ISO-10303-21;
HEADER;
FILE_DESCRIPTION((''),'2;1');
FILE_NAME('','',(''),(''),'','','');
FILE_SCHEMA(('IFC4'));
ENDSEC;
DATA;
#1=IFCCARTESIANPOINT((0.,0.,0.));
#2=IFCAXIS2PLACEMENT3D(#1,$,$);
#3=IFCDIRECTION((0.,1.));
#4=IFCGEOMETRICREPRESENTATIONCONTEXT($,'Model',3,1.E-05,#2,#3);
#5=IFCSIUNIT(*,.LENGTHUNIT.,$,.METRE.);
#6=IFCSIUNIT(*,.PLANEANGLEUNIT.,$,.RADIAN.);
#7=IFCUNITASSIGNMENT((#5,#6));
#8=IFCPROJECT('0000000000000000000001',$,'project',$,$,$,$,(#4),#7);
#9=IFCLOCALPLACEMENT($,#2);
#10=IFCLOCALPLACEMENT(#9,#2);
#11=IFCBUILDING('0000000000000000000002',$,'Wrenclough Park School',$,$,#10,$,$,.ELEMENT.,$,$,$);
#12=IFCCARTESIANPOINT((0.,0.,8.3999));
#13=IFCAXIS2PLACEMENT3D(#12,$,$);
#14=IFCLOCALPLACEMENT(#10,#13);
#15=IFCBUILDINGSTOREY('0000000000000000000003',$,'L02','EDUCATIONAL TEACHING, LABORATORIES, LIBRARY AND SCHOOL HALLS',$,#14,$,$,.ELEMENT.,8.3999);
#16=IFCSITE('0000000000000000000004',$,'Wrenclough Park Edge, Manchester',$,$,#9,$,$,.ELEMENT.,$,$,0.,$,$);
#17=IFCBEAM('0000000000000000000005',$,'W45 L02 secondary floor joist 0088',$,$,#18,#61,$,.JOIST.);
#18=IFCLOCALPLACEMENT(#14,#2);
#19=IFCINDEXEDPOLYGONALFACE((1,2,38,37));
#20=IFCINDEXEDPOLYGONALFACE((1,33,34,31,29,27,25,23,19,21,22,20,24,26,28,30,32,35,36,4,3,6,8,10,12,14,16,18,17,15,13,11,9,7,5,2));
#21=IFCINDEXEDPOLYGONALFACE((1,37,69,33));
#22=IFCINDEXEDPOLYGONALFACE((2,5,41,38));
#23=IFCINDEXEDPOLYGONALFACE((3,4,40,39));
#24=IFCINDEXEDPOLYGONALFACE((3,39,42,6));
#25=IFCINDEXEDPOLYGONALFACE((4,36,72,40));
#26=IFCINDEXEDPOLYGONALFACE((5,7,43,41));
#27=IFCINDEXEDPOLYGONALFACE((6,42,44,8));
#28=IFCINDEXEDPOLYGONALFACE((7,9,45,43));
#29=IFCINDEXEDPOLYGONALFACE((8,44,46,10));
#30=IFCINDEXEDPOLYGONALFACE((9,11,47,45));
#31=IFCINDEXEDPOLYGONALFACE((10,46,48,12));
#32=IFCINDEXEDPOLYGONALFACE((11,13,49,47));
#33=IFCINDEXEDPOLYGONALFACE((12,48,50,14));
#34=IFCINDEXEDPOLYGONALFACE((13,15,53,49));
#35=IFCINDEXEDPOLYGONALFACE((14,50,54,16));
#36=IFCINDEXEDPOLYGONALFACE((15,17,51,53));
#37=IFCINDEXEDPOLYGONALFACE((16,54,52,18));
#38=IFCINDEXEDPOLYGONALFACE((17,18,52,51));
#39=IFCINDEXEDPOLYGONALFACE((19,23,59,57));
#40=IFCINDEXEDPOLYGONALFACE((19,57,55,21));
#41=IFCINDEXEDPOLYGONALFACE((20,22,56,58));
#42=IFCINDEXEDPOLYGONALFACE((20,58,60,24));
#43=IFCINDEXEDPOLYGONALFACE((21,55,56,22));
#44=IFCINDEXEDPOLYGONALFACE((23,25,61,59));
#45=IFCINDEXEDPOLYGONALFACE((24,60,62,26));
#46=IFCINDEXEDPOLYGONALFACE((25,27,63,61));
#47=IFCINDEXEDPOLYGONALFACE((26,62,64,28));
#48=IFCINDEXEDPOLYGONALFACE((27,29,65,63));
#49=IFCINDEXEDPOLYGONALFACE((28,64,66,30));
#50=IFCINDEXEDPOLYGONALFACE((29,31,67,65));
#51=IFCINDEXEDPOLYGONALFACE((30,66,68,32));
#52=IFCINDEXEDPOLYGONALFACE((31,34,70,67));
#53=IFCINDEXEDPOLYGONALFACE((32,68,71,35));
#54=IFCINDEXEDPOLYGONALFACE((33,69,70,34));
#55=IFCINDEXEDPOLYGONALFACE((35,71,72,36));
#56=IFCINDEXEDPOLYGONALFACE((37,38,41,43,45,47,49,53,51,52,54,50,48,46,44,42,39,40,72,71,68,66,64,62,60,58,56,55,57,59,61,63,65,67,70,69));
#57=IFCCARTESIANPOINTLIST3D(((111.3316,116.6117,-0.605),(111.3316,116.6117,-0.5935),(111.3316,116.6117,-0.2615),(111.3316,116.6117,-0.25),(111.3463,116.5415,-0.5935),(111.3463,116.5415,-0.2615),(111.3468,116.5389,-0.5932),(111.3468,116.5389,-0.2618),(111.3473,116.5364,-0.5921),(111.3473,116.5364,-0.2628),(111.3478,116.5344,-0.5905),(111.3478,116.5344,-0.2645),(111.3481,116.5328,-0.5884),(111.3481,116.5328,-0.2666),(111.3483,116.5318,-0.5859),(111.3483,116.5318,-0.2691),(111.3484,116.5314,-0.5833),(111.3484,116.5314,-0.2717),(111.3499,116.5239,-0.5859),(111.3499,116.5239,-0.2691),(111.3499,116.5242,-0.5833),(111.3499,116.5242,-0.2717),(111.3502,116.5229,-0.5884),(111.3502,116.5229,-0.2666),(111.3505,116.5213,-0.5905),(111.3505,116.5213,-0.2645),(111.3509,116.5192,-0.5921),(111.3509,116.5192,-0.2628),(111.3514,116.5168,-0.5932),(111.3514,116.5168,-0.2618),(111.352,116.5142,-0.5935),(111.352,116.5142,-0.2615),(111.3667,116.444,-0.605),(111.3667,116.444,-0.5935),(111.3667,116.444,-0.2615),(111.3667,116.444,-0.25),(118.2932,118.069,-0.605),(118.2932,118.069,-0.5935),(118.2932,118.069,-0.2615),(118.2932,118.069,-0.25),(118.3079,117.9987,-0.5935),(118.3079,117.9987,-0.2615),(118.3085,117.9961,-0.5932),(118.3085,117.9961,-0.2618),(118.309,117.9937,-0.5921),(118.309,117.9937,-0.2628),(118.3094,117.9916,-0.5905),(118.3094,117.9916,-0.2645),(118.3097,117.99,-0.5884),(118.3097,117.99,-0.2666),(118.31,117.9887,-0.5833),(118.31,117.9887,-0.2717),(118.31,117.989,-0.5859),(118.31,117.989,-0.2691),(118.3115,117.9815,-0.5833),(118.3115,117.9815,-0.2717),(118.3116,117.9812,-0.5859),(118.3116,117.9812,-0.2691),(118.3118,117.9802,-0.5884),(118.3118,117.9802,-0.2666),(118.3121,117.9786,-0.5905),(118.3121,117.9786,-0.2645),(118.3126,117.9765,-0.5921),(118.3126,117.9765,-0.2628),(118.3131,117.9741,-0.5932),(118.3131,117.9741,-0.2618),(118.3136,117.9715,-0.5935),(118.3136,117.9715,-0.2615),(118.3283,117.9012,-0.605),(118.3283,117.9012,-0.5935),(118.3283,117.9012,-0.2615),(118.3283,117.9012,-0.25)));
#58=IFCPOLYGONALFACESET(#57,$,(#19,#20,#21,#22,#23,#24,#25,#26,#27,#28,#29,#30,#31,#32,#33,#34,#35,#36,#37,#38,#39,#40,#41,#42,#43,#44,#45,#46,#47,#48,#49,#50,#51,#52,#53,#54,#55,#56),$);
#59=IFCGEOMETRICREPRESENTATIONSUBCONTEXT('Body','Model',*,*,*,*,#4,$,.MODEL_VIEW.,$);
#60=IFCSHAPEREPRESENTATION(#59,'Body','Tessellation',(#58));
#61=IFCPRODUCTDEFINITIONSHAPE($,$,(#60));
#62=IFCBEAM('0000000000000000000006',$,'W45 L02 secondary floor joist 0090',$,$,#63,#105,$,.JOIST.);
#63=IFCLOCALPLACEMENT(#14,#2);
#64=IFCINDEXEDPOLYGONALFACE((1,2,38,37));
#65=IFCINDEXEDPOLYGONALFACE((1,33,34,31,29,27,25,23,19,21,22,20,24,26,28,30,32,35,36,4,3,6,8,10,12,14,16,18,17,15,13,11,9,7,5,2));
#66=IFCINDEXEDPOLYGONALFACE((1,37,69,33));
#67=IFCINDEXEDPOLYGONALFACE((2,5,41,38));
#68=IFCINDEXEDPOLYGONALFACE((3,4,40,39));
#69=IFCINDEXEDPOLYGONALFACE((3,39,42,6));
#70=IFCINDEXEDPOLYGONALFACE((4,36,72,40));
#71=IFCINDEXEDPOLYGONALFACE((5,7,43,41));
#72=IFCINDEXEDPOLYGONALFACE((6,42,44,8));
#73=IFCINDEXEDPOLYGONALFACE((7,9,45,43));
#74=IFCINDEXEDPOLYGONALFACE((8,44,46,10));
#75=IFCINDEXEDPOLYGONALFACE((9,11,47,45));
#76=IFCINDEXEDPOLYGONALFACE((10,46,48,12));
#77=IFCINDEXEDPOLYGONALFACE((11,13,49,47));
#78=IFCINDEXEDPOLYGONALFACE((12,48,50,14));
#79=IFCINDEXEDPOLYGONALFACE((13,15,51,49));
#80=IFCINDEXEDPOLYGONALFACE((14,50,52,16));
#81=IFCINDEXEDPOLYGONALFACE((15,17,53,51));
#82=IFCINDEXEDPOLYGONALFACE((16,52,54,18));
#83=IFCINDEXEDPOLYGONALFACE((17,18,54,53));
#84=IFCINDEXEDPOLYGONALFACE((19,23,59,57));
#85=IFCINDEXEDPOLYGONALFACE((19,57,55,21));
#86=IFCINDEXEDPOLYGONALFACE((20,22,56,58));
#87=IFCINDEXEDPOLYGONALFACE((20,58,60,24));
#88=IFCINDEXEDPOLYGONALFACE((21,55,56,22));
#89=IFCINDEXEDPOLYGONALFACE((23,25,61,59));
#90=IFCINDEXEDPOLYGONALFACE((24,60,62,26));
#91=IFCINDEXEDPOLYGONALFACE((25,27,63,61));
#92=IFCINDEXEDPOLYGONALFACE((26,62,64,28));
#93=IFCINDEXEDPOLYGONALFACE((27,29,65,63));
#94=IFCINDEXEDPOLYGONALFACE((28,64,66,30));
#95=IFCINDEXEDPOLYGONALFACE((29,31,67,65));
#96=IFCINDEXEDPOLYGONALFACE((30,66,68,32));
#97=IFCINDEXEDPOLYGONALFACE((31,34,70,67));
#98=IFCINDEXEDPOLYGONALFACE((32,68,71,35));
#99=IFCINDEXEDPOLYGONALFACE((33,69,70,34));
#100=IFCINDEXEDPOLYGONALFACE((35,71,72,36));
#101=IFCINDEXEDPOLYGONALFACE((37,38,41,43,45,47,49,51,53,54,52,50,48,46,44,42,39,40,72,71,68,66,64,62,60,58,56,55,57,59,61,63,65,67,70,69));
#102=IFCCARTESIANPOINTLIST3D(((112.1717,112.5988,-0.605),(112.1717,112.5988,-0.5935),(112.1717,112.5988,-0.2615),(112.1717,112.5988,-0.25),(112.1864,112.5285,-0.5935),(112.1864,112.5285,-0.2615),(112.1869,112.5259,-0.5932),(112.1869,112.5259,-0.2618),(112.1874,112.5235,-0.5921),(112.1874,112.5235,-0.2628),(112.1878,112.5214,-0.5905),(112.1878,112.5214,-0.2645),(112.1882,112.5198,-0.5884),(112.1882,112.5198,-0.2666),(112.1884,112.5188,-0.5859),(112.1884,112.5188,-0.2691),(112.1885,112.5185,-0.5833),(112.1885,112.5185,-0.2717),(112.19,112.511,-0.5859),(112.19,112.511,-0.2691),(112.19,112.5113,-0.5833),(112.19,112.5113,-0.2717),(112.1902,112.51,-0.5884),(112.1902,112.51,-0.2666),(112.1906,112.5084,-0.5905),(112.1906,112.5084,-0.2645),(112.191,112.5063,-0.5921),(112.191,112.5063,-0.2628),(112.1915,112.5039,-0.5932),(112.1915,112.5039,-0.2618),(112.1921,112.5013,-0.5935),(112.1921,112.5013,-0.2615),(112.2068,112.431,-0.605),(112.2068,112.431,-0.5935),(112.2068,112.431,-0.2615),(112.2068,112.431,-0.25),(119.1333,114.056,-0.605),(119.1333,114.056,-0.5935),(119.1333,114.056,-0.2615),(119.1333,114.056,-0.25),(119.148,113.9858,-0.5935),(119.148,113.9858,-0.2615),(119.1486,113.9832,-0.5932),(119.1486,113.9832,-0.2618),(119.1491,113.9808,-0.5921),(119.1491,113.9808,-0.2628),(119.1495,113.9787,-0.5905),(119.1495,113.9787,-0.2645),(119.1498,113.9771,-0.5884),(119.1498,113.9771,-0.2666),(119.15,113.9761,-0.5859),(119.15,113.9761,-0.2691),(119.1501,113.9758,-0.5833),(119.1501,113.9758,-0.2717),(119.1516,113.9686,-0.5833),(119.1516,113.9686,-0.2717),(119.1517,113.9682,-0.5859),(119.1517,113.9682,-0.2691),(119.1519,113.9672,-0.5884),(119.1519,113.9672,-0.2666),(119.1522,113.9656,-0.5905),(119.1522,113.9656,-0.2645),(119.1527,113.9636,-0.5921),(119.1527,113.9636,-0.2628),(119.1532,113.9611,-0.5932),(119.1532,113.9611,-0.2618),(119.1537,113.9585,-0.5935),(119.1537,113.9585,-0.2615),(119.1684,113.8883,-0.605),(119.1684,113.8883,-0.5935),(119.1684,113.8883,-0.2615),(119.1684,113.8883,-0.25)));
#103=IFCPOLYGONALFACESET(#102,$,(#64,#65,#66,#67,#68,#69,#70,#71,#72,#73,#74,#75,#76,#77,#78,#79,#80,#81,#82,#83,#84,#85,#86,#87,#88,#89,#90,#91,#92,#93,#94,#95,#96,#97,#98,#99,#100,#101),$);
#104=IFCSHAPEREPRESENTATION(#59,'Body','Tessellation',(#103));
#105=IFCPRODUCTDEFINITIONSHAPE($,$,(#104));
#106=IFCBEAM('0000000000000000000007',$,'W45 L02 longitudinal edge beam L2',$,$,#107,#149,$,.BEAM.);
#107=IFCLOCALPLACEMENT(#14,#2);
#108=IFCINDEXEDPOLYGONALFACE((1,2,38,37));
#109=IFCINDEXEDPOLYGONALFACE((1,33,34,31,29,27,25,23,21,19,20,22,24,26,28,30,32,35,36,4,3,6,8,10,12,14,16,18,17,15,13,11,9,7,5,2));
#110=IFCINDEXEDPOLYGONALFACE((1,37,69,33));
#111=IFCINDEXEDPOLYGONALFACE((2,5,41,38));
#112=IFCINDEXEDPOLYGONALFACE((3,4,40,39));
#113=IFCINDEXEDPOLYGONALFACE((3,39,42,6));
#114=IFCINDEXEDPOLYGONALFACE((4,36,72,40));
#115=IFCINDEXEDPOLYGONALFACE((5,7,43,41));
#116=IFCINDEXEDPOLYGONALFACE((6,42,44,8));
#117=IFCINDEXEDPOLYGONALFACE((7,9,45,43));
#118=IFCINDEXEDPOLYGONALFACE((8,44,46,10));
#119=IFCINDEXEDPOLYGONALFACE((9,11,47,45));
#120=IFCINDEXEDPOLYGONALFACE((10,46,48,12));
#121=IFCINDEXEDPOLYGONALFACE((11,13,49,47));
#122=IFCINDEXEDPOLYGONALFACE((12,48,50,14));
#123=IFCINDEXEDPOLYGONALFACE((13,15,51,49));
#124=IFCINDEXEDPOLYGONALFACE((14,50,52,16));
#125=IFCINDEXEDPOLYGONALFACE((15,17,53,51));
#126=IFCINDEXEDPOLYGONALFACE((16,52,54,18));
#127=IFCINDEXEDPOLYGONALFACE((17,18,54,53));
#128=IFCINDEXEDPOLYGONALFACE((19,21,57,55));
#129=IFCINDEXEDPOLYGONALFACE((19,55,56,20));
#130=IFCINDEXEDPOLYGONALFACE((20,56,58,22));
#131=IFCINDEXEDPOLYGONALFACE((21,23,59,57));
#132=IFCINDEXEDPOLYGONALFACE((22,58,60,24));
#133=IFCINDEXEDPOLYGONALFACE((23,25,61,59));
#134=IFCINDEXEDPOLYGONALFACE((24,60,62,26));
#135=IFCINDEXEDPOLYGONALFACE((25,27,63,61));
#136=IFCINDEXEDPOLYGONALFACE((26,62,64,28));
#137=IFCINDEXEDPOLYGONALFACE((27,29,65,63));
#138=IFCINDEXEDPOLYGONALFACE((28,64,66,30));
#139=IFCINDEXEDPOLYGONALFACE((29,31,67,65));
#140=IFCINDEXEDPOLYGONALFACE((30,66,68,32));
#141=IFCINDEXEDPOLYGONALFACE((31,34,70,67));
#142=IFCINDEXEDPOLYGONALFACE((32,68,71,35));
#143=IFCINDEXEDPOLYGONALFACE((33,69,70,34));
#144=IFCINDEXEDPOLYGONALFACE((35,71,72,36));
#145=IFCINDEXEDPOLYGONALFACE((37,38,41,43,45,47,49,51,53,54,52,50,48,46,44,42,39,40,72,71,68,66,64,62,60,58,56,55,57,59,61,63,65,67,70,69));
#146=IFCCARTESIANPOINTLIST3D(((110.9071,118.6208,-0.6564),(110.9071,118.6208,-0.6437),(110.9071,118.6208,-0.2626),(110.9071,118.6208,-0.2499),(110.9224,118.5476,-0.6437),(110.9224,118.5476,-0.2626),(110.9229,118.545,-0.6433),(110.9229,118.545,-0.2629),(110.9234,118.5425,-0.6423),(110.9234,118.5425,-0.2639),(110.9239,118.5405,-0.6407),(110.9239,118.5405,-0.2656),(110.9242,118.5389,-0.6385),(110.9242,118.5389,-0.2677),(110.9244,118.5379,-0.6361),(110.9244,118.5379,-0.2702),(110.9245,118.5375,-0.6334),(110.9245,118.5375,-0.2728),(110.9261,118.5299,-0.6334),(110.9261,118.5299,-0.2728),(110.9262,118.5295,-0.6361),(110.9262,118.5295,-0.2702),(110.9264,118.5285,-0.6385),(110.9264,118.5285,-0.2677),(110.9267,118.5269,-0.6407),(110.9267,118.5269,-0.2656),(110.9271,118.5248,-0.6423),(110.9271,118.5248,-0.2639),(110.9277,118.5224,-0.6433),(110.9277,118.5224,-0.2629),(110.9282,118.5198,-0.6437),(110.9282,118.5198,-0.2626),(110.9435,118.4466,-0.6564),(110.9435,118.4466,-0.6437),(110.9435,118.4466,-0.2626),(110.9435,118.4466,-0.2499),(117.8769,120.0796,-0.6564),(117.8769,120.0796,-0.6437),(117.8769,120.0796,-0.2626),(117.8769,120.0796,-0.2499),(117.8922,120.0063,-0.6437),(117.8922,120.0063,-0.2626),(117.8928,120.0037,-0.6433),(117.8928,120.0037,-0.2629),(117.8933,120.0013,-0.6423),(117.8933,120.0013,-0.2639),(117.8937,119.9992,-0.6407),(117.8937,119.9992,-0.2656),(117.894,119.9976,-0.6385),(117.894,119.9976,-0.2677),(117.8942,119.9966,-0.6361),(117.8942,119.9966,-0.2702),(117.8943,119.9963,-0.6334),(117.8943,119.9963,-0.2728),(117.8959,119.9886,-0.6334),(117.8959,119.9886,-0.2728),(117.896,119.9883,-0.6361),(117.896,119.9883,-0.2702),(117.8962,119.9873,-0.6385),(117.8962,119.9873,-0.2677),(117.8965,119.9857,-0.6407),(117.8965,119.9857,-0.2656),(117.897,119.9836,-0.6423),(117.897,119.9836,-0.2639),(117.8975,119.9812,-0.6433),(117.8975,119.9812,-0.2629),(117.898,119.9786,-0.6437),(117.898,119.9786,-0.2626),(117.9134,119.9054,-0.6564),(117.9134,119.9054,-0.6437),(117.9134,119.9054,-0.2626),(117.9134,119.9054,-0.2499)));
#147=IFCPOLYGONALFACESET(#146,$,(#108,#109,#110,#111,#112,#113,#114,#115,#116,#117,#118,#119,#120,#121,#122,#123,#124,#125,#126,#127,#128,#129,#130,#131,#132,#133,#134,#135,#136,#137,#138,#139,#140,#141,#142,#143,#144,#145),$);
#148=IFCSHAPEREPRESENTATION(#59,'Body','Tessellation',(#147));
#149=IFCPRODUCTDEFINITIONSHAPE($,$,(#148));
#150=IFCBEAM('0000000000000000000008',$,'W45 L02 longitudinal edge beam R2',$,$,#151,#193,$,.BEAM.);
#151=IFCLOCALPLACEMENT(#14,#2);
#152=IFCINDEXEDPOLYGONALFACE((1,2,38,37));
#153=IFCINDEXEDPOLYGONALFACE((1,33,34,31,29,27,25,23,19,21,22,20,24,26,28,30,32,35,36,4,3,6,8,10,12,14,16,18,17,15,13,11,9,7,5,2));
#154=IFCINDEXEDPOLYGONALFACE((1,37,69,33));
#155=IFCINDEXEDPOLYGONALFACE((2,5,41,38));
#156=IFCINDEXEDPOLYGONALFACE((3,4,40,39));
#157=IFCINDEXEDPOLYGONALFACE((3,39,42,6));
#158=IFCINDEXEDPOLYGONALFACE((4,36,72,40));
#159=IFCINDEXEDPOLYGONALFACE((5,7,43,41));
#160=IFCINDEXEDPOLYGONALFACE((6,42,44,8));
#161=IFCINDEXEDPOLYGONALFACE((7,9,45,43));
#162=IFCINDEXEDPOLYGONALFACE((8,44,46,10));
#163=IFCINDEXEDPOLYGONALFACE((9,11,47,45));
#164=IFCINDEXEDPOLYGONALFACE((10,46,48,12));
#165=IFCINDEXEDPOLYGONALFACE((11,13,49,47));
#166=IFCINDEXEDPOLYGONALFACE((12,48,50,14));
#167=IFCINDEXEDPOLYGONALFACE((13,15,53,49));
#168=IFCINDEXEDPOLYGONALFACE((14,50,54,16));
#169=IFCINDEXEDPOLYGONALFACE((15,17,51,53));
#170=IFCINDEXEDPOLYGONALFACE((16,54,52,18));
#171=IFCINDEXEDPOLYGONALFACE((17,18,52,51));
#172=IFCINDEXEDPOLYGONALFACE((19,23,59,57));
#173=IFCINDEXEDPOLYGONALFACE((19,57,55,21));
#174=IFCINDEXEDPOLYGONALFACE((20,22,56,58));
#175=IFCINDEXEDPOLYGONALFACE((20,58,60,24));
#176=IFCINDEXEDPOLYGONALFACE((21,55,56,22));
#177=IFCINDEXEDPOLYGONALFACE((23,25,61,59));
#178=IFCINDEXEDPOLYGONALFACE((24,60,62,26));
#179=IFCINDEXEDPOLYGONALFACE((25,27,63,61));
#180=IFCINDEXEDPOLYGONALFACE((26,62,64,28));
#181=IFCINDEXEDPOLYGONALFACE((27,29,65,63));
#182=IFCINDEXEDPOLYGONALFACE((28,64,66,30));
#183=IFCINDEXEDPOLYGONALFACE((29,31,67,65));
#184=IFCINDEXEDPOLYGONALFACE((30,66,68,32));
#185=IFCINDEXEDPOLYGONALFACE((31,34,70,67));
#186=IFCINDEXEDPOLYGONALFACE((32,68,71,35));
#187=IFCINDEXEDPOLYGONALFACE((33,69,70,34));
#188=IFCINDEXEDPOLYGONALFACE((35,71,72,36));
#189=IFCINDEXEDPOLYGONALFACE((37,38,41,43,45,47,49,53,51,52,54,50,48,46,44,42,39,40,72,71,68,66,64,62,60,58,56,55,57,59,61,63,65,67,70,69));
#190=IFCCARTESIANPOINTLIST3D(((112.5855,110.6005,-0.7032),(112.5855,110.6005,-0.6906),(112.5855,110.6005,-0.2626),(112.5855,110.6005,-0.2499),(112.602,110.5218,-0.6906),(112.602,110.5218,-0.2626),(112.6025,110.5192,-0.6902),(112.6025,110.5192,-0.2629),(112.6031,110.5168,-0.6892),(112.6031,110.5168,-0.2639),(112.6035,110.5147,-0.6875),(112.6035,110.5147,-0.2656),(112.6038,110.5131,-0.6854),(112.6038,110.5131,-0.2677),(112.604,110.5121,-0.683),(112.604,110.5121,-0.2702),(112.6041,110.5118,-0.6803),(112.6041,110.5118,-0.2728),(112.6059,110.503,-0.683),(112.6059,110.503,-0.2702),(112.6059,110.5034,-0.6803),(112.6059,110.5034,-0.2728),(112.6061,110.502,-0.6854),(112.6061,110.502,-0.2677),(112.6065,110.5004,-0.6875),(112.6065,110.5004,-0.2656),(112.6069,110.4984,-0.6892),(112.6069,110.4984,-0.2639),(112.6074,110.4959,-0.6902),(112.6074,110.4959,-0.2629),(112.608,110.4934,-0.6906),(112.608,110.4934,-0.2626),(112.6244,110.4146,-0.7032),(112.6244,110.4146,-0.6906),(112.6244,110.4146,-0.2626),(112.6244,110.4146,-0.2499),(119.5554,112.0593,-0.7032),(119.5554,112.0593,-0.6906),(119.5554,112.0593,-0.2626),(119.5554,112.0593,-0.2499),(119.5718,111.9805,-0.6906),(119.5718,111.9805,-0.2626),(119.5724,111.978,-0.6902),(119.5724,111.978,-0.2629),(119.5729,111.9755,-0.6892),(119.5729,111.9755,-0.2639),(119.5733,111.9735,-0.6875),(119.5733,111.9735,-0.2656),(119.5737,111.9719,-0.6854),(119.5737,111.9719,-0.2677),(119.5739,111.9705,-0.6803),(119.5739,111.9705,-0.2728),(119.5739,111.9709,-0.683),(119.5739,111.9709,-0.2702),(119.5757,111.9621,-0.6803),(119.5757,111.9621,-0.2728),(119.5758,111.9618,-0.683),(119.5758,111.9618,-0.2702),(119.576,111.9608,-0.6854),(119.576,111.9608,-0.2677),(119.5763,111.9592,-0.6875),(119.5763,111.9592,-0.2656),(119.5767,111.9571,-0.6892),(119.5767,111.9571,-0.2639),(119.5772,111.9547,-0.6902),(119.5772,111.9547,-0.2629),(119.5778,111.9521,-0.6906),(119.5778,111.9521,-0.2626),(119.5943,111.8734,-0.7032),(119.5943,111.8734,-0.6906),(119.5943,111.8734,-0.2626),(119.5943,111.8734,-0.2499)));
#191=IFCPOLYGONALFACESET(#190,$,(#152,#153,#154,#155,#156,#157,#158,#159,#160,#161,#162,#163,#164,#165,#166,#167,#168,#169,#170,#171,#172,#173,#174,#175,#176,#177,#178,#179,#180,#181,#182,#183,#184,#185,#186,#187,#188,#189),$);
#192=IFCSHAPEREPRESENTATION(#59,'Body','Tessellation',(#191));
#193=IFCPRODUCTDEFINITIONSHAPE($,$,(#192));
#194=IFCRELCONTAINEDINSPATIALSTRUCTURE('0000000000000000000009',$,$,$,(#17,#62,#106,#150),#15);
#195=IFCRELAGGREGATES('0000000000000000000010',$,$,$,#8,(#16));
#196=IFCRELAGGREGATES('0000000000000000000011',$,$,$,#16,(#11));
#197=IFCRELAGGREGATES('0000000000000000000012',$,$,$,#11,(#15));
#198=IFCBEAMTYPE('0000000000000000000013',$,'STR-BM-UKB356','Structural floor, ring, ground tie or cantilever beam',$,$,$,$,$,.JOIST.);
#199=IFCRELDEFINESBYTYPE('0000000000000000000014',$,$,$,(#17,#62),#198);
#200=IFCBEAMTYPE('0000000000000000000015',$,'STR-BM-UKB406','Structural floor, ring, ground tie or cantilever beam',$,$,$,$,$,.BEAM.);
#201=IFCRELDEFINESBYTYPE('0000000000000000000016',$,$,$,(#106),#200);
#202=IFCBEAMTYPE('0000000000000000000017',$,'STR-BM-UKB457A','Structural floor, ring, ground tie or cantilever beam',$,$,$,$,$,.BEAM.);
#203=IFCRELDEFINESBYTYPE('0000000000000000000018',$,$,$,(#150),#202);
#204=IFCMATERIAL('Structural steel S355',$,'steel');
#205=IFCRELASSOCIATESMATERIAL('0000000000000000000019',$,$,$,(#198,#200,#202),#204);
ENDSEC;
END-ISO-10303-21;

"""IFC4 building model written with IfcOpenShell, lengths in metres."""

from ifc_helpers import new_model, si_unit, direction, frame, origin, origin_2d, place, context, subcontext, project, spatial, i_section, extrude, material, material_profile, profile_set, type_object, element, save


model = new_model("IFC4")

# Units and contexts
model_context = context("Model", 3, precision=1e-05, world=origin(), true_north=direction((0.0, 1.0)))
body_context = subcontext(model_context, "Body", "Model", "MODEL_VIEW")
ifc_project = project(units=[si_unit("LENGTHUNIT", "METRE"), si_unit("PLANEANGLEUNIT", "RADIAN")], contexts=[model_context])

# Site, building, storey
site_placement = place(None, origin())
site = spatial("IfcSite", under=ifc_project, at=site_placement, Name="Wrenclough Park Edge, Manchester", CompositionType="ELEMENT", RefElevation=0.0)
building_placement = place(site_placement, origin())
building = spatial("IfcBuilding", under=site, at=building_placement, Name="Wrenclough Park School", CompositionType="ELEMENT")
storey_placement = place(building_placement, frame((0.0, 0.0, 8.3999)))
storey = spatial("IfcBuildingStorey", under=building, at=storey_placement, Name="L02", Description="EDUCATIONAL TEACHING, LABORATORIES, LIBRARY AND SCHOOL HALLS", CompositionType="ELEMENT", Elevation=8.3999)

# Shared definitions
ifc_material_1 = material(Name="Structural steel S355", Category="steel")

# Beams
ifc_material_profile_1 = material_profile(ifc_material_1, i_section(OverallWidth=0.1714, OverallDepth=0.355, WebThickness=0.0073, FlangeThickness=0.0115, FilletRadius=0.0103, at=origin_2d()), Name="UKB 356x171x51")
ifc_profile_set_1 = profile_set([ifc_material_profile_1], Name="Structural steel S355")
beam_type_1 = type_object("IfcBeamType", Name="STR-BM-UKB356", Description="Structural floor, ring, ground tie or cantilever beam", PredefinedType="JOIST", material=ifc_profile_set_1)
for number, where, z_axis, x_axis, name in (
    (1, (111.3491, 116.5278, -0.4275), (0.978786, 0.204888, 0.0), (-0.204888, 0.978786, 0.0), "W45 L02 secondary floor joist 0088"),
    (2, (112.1892, 112.5149, -0.4275), (0.978786, 0.204888, 0.0), (-0.204888, 0.978786, 0.0), "W45 L02 secondary floor joist 0090"),
):
    element("IfcBeam", number, at=place(storey_placement, frame(where, z_axis=z_axis, x_axis=x_axis)), inside=storey, type_object=beam_type_1, Name=name, PredefinedType="JOIST", context=body_context, shape_type="SweptSolid", body=[
        extrude(i_section(OverallWidth=0.1714, OverallDepth=0.355, WebThickness=0.0073, FlangeThickness=0.0115, FilletRadius=0.0103, at=origin_2d()), origin(), (0.0, 0.0, 1.0), 7.1125),
    ])
ifc_material_profile_2 = material_profile(ifc_material_1, i_section(OverallWidth=0.178, OverallDepth=0.4065, WebThickness=0.0078, FlangeThickness=0.0127, FilletRadius=0.0103, at=origin_2d()), Name="UKB 406x178x60")
ifc_profile_set_2 = profile_set([ifc_material_profile_2], Name="Structural steel S355")
beam_type_2 = type_object("IfcBeamType", Name="STR-BM-UKB406", Description="Structural floor, ring, ground tie or cantilever beam", PredefinedType="BEAM", material=ifc_profile_set_2)
beam_1_placement = place(storey_placement, frame((110.9253, 118.5337, -0.4531), z_axis=(0.978792, 0.204858, 0.0), x_axis=(-0.204858, 0.978792, 0.0)))
element("IfcBeam", 3, at=beam_1_placement, inside=storey, type_object=beam_type_2, Name="W45 L02 longitudinal edge beam L2", PredefinedType="BEAM", context=body_context, shape_type="SweptSolid", body=[
    extrude(i_section(OverallWidth=0.178, OverallDepth=0.4065, WebThickness=0.0078, FlangeThickness=0.0127, FilletRadius=0.0103, at=origin_2d()), origin(), (0.0, 0.0, 1.0), 7.1208),
])
ifc_material_profile_3 = material_profile(ifc_material_1, i_section(OverallWidth=0.1899, OverallDepth=0.4534, WebThickness=0.0085, FlangeThickness=0.0127, FilletRadius=0.0103, at=origin_2d()), Name="UKB 457x191x67")
ifc_profile_set_3 = profile_set([ifc_material_profile_3], Name="Structural steel S355")
beam_type_3 = type_object("IfcBeamType", Name="STR-BM-UKB457A", Description="Structural floor, ring, ground tie or cantilever beam", PredefinedType="BEAM", material=ifc_profile_set_3)
beam_2_placement = place(storey_placement, frame((112.605, 110.5076, -0.4766), z_axis=(0.978792, 0.204858, 0.0), x_axis=(-0.204858, 0.978792, 0.0)))
element("IfcBeam", 4, at=beam_2_placement, inside=storey, type_object=beam_type_3, Name="W45 L02 longitudinal edge beam R2", PredefinedType="BEAM", context=body_context, shape_type="SweptSolid", body=[
    extrude(i_section(OverallWidth=0.1899, OverallDepth=0.4534, WebThickness=0.0085, FlangeThickness=0.0127, FilletRadius=0.0103, at=origin_2d()), origin(), (0.0, 0.0, 1.0), 7.1208),
])

save(model, "model.ifc")
